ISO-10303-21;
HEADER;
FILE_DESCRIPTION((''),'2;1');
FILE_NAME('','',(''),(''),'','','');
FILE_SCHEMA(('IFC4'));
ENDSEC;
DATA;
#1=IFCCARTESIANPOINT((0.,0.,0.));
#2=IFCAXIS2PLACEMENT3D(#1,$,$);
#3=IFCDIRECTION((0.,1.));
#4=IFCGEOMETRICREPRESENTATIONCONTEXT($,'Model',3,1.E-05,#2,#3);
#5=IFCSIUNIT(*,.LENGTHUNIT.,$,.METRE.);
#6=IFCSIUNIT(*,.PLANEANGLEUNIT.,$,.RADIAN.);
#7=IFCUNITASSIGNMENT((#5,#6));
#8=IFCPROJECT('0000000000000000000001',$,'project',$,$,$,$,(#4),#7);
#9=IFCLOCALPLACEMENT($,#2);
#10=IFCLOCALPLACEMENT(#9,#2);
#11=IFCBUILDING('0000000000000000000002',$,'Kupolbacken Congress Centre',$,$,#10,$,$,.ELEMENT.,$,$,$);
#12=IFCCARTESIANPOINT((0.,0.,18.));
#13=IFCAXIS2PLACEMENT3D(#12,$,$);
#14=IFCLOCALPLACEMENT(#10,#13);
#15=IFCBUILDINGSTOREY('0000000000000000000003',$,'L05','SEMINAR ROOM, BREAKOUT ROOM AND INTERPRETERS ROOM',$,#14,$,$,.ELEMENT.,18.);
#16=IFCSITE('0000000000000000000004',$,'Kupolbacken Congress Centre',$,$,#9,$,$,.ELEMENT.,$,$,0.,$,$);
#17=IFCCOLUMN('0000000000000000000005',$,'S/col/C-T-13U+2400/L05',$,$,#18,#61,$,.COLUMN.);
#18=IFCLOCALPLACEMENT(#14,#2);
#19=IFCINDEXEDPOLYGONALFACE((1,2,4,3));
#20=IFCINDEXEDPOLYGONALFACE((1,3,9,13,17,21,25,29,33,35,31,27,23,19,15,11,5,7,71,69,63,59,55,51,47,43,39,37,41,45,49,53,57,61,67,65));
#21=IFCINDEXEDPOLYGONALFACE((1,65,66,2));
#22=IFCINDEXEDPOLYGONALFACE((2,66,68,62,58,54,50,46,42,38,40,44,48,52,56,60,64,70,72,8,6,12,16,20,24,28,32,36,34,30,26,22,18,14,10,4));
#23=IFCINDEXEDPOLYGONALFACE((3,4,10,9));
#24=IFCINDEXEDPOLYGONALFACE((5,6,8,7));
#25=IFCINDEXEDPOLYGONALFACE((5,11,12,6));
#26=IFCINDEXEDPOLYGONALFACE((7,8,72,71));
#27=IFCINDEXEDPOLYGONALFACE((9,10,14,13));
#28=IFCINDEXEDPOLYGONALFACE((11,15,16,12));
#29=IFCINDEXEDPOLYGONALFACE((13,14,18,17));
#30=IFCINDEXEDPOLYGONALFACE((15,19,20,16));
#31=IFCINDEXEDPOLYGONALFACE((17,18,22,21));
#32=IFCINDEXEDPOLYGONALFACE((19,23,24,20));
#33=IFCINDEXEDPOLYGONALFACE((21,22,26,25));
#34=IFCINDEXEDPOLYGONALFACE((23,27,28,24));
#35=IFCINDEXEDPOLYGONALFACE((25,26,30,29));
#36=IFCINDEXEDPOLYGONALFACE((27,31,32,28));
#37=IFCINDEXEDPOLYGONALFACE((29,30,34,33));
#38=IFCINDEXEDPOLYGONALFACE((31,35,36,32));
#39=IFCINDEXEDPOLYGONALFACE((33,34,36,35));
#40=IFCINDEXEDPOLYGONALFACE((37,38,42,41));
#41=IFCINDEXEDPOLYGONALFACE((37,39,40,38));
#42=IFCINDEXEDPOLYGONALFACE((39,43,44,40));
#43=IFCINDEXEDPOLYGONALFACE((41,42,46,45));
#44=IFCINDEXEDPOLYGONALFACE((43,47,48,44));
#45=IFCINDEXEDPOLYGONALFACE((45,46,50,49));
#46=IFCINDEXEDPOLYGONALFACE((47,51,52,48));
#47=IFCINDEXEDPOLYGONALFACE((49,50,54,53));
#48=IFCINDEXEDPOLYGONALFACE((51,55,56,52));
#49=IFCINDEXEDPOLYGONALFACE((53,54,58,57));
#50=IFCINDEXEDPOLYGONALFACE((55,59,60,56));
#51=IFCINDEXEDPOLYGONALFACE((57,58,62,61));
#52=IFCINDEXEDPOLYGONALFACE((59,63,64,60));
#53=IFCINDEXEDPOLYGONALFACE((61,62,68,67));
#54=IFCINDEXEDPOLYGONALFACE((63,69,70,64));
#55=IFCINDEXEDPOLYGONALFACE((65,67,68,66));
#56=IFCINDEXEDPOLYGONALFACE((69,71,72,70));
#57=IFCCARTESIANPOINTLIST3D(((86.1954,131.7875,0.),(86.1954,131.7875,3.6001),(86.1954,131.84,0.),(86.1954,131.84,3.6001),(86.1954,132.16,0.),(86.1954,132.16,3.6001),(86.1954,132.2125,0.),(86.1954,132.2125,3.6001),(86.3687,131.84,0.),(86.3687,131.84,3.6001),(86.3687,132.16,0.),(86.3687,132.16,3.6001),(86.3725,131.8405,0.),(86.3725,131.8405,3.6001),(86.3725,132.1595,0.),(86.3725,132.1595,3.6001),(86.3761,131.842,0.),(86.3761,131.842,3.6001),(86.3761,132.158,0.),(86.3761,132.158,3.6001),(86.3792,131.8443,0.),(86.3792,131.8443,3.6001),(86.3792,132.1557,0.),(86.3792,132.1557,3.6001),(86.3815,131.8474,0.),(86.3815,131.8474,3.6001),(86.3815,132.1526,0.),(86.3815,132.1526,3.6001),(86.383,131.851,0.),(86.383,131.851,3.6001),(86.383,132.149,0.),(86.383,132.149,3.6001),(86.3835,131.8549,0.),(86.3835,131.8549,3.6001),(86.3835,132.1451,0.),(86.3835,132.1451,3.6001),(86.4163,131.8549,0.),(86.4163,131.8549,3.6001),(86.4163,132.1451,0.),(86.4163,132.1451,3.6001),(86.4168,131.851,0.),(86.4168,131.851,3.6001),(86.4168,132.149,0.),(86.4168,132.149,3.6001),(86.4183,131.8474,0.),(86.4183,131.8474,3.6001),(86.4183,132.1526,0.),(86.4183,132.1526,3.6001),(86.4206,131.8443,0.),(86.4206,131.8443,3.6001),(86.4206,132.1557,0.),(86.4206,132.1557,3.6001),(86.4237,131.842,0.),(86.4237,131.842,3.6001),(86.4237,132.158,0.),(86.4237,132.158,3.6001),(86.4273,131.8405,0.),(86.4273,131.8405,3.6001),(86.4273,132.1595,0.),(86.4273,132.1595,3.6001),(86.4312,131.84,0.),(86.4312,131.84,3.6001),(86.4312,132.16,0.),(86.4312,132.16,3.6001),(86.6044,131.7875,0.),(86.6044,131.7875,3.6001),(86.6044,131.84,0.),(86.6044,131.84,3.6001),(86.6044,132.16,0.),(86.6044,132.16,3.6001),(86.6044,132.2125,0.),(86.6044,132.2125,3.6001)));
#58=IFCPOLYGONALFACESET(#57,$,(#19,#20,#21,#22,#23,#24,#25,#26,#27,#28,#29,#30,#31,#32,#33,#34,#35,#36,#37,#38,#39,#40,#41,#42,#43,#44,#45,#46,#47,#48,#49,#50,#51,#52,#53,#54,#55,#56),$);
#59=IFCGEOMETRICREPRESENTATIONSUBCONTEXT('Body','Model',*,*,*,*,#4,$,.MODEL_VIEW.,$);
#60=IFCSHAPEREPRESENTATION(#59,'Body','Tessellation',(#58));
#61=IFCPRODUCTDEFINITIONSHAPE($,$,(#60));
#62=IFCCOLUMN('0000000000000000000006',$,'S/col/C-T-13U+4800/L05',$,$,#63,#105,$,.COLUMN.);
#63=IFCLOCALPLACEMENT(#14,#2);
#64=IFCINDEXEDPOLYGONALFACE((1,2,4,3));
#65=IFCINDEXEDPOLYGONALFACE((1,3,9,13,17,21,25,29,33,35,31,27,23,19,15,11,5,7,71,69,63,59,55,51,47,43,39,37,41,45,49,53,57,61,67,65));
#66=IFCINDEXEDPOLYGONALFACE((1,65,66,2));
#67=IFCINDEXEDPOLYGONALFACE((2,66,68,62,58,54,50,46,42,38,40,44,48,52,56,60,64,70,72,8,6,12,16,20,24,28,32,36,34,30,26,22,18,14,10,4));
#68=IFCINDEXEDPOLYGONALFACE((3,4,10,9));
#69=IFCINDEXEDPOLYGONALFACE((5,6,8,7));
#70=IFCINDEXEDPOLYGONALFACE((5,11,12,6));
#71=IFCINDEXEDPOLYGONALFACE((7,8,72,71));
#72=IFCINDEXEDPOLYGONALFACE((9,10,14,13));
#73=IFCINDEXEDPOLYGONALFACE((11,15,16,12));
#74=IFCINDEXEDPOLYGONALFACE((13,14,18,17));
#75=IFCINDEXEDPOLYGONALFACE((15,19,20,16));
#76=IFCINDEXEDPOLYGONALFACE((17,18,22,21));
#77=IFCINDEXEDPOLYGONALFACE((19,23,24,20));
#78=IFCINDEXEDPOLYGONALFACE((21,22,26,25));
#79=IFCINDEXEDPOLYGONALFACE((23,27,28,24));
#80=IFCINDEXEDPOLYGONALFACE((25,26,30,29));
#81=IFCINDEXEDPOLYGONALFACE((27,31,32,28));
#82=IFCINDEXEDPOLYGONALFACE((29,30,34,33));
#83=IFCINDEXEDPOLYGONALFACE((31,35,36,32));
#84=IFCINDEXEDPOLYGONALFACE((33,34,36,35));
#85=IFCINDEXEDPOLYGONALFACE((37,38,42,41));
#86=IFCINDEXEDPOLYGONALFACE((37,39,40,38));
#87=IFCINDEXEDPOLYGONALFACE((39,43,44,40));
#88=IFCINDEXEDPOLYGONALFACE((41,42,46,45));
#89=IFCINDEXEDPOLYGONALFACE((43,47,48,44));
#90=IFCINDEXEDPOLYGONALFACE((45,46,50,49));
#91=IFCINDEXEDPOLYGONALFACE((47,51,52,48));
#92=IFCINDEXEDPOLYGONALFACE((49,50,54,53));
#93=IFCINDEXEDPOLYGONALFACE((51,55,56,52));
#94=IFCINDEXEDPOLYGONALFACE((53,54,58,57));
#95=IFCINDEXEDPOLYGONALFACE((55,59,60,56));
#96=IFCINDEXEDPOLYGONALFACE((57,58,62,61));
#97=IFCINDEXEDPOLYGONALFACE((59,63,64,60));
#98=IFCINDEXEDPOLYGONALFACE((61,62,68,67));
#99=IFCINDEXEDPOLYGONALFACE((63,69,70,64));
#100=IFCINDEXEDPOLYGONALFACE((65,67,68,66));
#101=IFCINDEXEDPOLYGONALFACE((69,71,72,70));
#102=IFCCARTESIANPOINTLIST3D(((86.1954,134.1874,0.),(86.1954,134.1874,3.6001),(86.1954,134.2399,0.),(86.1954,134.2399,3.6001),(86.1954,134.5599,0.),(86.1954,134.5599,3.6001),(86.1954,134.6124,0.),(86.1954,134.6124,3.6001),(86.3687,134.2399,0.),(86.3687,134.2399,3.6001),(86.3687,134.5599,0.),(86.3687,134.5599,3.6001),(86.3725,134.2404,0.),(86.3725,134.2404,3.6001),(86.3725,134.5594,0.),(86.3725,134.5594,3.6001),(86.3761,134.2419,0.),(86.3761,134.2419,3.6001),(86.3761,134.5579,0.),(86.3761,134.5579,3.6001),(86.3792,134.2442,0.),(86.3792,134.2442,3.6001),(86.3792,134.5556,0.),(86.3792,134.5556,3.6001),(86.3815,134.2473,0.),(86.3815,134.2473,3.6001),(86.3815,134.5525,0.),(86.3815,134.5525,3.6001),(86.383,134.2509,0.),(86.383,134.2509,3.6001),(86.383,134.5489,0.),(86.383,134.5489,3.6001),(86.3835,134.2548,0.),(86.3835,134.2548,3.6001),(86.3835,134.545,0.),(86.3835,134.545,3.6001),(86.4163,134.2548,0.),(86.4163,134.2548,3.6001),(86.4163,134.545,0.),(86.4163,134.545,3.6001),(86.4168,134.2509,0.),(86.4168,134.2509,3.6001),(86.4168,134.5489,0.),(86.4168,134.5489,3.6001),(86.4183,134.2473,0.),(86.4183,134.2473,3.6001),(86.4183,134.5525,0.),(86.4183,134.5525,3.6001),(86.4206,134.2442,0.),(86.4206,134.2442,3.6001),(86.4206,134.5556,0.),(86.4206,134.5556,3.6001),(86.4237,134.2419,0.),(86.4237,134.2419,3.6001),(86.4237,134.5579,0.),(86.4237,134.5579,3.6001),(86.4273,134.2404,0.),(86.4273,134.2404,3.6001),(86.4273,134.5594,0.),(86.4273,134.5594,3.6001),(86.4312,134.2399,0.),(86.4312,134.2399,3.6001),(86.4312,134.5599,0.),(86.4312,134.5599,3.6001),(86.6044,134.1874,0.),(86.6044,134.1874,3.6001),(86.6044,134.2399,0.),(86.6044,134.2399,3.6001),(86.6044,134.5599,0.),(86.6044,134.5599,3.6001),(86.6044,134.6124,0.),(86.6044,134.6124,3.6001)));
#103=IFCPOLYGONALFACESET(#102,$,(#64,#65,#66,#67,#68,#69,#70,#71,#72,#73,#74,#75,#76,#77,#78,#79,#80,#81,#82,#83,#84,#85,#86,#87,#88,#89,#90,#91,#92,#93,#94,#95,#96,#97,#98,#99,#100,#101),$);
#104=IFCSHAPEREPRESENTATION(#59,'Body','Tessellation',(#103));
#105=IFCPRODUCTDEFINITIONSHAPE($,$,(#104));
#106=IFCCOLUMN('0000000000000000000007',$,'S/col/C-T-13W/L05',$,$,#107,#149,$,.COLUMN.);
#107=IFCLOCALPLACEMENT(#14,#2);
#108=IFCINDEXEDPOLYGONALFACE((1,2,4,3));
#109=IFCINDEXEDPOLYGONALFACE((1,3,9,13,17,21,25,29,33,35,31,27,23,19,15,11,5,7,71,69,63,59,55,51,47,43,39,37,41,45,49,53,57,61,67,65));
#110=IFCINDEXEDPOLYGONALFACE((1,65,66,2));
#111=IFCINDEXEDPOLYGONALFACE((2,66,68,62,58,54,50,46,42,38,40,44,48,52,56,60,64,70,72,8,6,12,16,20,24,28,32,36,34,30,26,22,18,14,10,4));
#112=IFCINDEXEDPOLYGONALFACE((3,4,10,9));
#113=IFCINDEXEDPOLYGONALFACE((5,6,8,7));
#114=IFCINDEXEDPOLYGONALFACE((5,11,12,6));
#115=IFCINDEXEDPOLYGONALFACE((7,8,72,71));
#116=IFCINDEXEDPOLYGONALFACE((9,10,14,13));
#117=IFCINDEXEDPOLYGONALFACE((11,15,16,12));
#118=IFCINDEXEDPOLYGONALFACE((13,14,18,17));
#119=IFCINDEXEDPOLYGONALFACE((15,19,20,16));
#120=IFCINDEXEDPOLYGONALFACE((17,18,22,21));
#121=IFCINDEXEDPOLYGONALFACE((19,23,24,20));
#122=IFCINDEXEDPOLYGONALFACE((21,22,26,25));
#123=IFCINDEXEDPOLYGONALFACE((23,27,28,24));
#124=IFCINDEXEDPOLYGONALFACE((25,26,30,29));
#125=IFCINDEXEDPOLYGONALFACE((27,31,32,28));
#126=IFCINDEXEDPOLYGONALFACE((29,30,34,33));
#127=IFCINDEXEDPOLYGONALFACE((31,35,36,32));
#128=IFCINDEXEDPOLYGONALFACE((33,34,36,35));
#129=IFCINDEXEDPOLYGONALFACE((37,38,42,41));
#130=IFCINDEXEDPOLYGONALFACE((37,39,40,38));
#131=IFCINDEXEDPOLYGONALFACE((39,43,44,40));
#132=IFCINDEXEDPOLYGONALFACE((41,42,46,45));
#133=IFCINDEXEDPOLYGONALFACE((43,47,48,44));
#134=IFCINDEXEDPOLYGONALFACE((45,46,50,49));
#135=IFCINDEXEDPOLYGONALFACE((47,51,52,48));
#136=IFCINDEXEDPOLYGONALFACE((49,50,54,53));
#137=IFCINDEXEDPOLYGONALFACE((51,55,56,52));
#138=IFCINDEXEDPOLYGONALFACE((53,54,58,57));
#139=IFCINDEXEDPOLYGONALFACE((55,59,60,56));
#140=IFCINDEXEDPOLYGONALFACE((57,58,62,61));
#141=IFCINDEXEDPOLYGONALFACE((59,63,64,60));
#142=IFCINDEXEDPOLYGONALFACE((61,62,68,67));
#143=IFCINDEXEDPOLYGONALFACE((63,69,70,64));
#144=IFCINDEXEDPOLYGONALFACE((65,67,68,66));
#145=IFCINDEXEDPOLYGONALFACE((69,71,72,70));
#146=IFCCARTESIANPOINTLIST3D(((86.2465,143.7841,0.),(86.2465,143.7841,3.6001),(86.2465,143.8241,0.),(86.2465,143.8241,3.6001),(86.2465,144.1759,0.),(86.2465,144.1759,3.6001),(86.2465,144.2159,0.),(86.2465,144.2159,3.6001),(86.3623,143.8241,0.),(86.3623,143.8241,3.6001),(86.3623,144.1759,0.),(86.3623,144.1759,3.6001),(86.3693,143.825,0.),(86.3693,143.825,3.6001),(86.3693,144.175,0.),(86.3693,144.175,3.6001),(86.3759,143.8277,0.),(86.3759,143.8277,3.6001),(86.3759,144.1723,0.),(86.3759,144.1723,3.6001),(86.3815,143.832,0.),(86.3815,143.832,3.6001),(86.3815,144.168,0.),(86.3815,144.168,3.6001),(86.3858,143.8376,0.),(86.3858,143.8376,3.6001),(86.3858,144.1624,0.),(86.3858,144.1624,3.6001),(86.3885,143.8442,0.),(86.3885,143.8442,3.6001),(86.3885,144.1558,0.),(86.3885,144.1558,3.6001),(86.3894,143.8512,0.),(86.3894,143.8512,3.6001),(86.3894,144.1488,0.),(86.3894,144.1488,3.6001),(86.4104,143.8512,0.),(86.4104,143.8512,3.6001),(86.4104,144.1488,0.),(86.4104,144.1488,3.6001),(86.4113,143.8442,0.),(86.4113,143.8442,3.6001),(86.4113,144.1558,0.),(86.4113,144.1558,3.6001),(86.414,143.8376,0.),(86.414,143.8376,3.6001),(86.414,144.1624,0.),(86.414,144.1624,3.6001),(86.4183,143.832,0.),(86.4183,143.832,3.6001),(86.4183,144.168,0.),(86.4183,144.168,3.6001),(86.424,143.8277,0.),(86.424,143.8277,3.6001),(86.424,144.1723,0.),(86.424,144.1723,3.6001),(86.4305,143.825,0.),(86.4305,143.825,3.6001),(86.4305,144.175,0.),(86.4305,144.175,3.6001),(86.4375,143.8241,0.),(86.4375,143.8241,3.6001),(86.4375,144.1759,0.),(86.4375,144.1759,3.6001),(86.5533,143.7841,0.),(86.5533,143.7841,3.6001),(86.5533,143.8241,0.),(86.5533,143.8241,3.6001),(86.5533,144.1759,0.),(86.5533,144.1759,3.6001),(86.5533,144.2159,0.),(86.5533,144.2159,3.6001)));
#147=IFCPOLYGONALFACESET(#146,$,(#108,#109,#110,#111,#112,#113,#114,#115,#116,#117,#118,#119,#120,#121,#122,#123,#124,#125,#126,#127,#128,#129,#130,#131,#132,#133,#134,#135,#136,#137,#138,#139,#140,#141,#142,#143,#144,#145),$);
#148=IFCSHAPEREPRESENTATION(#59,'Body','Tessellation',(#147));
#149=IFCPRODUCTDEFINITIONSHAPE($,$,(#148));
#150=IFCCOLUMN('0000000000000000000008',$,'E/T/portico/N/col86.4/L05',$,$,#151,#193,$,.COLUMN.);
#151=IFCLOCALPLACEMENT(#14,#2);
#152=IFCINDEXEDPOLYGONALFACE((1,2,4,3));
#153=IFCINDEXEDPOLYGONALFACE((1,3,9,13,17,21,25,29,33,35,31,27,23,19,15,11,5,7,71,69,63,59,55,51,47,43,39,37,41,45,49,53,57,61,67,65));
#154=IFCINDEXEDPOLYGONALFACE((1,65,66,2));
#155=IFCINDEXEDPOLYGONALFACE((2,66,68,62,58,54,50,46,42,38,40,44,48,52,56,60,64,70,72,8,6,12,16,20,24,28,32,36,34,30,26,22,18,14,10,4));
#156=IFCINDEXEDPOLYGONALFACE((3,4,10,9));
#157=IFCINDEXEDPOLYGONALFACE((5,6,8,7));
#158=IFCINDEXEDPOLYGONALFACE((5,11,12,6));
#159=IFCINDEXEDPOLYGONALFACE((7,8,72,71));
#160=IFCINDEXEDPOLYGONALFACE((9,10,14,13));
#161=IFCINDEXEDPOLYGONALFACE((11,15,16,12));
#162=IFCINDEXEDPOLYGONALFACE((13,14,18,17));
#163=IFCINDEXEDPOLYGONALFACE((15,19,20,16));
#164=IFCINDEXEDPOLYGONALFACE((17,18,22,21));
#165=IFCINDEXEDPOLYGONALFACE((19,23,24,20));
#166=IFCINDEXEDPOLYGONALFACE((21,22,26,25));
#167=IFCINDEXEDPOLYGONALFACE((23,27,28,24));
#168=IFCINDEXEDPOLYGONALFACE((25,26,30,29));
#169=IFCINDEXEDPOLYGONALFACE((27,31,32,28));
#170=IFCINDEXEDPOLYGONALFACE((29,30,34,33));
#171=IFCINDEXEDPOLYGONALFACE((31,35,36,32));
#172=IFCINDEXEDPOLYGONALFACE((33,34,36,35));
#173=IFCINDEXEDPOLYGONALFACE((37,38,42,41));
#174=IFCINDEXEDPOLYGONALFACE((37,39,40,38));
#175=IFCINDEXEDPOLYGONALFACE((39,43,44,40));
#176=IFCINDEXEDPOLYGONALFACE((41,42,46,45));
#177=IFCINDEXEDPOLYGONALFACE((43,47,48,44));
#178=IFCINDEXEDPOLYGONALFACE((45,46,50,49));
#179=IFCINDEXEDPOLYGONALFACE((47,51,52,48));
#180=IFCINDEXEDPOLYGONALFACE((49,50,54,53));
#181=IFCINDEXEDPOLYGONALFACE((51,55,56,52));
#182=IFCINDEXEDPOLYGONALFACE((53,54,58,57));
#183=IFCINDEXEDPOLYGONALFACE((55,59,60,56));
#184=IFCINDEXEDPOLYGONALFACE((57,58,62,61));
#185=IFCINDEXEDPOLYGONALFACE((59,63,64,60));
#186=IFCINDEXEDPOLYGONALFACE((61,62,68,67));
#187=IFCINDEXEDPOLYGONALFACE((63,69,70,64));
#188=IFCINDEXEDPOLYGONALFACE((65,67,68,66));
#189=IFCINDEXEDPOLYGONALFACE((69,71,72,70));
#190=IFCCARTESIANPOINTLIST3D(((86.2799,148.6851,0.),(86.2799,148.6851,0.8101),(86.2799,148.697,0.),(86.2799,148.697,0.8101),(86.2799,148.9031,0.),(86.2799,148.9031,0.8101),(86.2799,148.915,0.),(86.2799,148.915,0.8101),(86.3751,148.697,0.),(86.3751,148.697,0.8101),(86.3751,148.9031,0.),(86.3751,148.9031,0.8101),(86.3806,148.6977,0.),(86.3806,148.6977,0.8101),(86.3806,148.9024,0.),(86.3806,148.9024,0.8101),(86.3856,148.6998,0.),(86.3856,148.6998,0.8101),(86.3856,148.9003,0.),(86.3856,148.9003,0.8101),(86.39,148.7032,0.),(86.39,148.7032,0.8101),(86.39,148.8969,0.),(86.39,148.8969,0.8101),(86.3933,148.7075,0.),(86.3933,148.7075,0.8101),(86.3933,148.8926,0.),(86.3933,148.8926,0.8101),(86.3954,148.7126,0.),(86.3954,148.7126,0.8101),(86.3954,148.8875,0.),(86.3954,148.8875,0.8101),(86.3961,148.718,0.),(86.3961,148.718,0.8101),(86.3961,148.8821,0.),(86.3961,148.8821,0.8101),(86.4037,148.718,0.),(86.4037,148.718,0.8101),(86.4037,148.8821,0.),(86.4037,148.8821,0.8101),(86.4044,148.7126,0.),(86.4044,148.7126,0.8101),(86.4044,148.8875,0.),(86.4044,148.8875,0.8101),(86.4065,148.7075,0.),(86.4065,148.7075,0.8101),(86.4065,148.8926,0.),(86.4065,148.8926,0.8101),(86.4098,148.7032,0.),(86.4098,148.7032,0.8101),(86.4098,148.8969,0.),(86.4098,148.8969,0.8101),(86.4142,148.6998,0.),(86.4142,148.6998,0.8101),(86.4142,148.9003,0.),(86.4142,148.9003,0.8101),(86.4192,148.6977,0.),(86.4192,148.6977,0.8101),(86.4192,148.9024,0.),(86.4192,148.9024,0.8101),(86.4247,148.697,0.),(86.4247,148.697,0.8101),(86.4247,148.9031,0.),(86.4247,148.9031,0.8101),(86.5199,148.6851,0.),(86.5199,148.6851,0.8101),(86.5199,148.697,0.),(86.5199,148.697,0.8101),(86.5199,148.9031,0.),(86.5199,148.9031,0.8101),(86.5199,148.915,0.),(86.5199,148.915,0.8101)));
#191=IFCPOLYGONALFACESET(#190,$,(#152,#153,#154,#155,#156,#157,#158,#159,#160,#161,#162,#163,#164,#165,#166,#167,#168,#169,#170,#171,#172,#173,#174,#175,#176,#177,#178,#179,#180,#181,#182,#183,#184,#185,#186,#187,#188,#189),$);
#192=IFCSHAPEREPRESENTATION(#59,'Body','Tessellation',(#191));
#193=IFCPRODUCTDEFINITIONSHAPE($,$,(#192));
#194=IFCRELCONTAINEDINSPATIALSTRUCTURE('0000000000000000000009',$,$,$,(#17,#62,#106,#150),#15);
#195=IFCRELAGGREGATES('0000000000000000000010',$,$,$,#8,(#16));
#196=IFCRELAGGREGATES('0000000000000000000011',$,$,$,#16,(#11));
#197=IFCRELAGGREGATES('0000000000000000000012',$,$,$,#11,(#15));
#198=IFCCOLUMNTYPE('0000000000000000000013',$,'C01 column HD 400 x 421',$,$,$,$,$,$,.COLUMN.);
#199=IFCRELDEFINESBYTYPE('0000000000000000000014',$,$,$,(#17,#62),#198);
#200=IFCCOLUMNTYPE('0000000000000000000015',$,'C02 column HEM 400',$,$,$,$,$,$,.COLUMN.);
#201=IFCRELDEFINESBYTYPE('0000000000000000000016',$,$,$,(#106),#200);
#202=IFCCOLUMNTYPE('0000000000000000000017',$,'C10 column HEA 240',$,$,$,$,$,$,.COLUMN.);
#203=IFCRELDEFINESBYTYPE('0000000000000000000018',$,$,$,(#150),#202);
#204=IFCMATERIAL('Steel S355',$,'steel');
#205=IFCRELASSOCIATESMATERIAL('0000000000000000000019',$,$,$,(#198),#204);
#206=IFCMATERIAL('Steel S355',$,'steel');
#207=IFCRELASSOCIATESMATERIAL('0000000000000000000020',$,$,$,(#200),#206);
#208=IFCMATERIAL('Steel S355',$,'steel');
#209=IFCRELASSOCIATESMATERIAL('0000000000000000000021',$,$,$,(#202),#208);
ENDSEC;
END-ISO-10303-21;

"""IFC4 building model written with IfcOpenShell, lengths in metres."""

from ifc_helpers import new_model, si_unit, direction, frame, origin, origin_2d, place, context, subcontext, project, spatial, i_section, extrude, material, material_profile, profile_set, type_object, element, save


model = new_model("IFC4")

# Units and contexts
model_context = context("Model", 3, precision=1e-05, world=origin(), true_north=direction((0.0, 1.0)))
body_context = subcontext(model_context, "Body", "Model", "MODEL_VIEW")
ifc_project = project(units=[si_unit("LENGTHUNIT", "METRE"), si_unit("PLANEANGLEUNIT", "RADIAN")], contexts=[model_context])

# Site, building, storey
site_placement = place(None, origin())
site = spatial("IfcSite", under=ifc_project, at=site_placement, Name="Kupolbacken Congress Centre", CompositionType="ELEMENT", RefElevation=0.0)
building_placement = place(site_placement, origin())
building = spatial("IfcBuilding", under=site, at=building_placement, Name="Kupolbacken Congress Centre", CompositionType="ELEMENT")
storey_placement = place(building_placement, frame((0.0, 0.0, 18.0)))
storey = spatial("IfcBuildingStorey", under=building, at=storey_placement, Name="L05", Description="SEMINAR ROOM, BREAKOUT ROOM AND INTERPRETERS ROOM", CompositionType="ELEMENT", Elevation=18.0)

# Columns
ifc_material_1 = material(Name="Steel S355", Category="steel")
ifc_material_profile_1 = material_profile(ifc_material_1, i_section(OverallWidth=0.4089, OverallDepth=0.425, WebThickness=0.0327, FlangeThickness=0.0525, FilletRadius=0.0149, at=origin_2d()), Name="HD 400 x 421")
ifc_profile_set_1 = profile_set([ifc_material_profile_1], Name="Steel S355")
column_type_1 = type_object("IfcColumnType", Name="C01 column HD 400 x 421", PredefinedType="COLUMN", material=ifc_profile_set_1)
for number, where, z_axis, x_axis, name in (
    (1, (86.3999, 132.0, 0.0), (0.0, 0.0, 1.0), (1.0, 0.0, 0.0), "S/col/C-T-13U+2400/L05"),
    (2, (86.3999, 134.3999, 0.0), (0.0, 0.0, 1.0), (1.0, 0.0, 0.0), "S/col/C-T-13U+4800/L05"),
):
    element("IfcColumn", number, at=place(storey_placement, frame(where, z_axis=z_axis, x_axis=x_axis)), inside=storey, type_object=column_type_1, Name=name, PredefinedType="COLUMN", context=body_context, shape_type="SweptSolid", body=[
        extrude(i_section(OverallWidth=0.4089, OverallDepth=0.425, WebThickness=0.0327, FlangeThickness=0.0525, FilletRadius=0.0149, at=origin_2d()), origin(), (0.0, 0.0, 1.0), 3.6001),
    ])
ifc_material_2 = material(Name="Steel S355", Category="steel")
ifc_material_profile_2 = material_profile(ifc_material_2, i_section(OverallWidth=0.3069, OverallDepth=0.4319, WebThickness=0.021, FlangeThickness=0.04, FilletRadius=0.0271, at=origin_2d()), Name="HEM 400")
ifc_profile_set_2 = profile_set([ifc_material_profile_2], Name="Steel S355")
column_type_2 = type_object("IfcColumnType", Name="C02 column HEM 400", PredefinedType="COLUMN", material=ifc_profile_set_2)
column_1_placement = place(storey_placement, frame((86.3999, 144.0, 0.0), z_axis=(0.0, 0.0, 1.0), x_axis=(1.0, 0.0, 0.0)))
element("IfcColumn", 3, at=column_1_placement, inside=storey, type_object=column_type_2, Name="S/col/C-T-13W/L05", PredefinedType="COLUMN", context=body_context, shape_type="SweptSolid", body=[
    extrude(i_section(OverallWidth=0.3069, OverallDepth=0.4319, WebThickness=0.021, FlangeThickness=0.04, FilletRadius=0.0271, at=origin_2d()), origin(), (0.0, 0.0, 1.0), 3.6001),
])
ifc_material_3 = material(Name="Steel S355", Category="steel")
ifc_material_profile_3 = material_profile(ifc_material_3, i_section(OverallWidth=0.24, OverallDepth=0.23, WebThickness=0.0076, FlangeThickness=0.012, FilletRadius=0.021, at=origin_2d()), Name="HEA 240")
ifc_profile_set_3 = profile_set([ifc_material_profile_3], Name="Steel S355")
column_type_3 = type_object("IfcColumnType", Name="C10 column HEA 240", PredefinedType="COLUMN", material=ifc_profile_set_3)
column_2_placement = place(storey_placement, frame((86.3999, 148.8, 0.0), z_axis=(0.0, 0.0, 1.0), x_axis=(1.0, 0.0, 0.0)))
element("IfcColumn", 4, at=column_2_placement, inside=storey, type_object=column_type_3, Name="E/T/portico/N/col86.4/L05", PredefinedType="COLUMN", context=body_context, shape_type="SweptSolid", body=[
    extrude(i_section(OverallWidth=0.24, OverallDepth=0.23, WebThickness=0.0076, FlangeThickness=0.012, FilletRadius=0.021, at=origin_2d()), origin(), (0.0, 0.0, 1.0), 0.8101),
])

save(model, "model.ifc")
